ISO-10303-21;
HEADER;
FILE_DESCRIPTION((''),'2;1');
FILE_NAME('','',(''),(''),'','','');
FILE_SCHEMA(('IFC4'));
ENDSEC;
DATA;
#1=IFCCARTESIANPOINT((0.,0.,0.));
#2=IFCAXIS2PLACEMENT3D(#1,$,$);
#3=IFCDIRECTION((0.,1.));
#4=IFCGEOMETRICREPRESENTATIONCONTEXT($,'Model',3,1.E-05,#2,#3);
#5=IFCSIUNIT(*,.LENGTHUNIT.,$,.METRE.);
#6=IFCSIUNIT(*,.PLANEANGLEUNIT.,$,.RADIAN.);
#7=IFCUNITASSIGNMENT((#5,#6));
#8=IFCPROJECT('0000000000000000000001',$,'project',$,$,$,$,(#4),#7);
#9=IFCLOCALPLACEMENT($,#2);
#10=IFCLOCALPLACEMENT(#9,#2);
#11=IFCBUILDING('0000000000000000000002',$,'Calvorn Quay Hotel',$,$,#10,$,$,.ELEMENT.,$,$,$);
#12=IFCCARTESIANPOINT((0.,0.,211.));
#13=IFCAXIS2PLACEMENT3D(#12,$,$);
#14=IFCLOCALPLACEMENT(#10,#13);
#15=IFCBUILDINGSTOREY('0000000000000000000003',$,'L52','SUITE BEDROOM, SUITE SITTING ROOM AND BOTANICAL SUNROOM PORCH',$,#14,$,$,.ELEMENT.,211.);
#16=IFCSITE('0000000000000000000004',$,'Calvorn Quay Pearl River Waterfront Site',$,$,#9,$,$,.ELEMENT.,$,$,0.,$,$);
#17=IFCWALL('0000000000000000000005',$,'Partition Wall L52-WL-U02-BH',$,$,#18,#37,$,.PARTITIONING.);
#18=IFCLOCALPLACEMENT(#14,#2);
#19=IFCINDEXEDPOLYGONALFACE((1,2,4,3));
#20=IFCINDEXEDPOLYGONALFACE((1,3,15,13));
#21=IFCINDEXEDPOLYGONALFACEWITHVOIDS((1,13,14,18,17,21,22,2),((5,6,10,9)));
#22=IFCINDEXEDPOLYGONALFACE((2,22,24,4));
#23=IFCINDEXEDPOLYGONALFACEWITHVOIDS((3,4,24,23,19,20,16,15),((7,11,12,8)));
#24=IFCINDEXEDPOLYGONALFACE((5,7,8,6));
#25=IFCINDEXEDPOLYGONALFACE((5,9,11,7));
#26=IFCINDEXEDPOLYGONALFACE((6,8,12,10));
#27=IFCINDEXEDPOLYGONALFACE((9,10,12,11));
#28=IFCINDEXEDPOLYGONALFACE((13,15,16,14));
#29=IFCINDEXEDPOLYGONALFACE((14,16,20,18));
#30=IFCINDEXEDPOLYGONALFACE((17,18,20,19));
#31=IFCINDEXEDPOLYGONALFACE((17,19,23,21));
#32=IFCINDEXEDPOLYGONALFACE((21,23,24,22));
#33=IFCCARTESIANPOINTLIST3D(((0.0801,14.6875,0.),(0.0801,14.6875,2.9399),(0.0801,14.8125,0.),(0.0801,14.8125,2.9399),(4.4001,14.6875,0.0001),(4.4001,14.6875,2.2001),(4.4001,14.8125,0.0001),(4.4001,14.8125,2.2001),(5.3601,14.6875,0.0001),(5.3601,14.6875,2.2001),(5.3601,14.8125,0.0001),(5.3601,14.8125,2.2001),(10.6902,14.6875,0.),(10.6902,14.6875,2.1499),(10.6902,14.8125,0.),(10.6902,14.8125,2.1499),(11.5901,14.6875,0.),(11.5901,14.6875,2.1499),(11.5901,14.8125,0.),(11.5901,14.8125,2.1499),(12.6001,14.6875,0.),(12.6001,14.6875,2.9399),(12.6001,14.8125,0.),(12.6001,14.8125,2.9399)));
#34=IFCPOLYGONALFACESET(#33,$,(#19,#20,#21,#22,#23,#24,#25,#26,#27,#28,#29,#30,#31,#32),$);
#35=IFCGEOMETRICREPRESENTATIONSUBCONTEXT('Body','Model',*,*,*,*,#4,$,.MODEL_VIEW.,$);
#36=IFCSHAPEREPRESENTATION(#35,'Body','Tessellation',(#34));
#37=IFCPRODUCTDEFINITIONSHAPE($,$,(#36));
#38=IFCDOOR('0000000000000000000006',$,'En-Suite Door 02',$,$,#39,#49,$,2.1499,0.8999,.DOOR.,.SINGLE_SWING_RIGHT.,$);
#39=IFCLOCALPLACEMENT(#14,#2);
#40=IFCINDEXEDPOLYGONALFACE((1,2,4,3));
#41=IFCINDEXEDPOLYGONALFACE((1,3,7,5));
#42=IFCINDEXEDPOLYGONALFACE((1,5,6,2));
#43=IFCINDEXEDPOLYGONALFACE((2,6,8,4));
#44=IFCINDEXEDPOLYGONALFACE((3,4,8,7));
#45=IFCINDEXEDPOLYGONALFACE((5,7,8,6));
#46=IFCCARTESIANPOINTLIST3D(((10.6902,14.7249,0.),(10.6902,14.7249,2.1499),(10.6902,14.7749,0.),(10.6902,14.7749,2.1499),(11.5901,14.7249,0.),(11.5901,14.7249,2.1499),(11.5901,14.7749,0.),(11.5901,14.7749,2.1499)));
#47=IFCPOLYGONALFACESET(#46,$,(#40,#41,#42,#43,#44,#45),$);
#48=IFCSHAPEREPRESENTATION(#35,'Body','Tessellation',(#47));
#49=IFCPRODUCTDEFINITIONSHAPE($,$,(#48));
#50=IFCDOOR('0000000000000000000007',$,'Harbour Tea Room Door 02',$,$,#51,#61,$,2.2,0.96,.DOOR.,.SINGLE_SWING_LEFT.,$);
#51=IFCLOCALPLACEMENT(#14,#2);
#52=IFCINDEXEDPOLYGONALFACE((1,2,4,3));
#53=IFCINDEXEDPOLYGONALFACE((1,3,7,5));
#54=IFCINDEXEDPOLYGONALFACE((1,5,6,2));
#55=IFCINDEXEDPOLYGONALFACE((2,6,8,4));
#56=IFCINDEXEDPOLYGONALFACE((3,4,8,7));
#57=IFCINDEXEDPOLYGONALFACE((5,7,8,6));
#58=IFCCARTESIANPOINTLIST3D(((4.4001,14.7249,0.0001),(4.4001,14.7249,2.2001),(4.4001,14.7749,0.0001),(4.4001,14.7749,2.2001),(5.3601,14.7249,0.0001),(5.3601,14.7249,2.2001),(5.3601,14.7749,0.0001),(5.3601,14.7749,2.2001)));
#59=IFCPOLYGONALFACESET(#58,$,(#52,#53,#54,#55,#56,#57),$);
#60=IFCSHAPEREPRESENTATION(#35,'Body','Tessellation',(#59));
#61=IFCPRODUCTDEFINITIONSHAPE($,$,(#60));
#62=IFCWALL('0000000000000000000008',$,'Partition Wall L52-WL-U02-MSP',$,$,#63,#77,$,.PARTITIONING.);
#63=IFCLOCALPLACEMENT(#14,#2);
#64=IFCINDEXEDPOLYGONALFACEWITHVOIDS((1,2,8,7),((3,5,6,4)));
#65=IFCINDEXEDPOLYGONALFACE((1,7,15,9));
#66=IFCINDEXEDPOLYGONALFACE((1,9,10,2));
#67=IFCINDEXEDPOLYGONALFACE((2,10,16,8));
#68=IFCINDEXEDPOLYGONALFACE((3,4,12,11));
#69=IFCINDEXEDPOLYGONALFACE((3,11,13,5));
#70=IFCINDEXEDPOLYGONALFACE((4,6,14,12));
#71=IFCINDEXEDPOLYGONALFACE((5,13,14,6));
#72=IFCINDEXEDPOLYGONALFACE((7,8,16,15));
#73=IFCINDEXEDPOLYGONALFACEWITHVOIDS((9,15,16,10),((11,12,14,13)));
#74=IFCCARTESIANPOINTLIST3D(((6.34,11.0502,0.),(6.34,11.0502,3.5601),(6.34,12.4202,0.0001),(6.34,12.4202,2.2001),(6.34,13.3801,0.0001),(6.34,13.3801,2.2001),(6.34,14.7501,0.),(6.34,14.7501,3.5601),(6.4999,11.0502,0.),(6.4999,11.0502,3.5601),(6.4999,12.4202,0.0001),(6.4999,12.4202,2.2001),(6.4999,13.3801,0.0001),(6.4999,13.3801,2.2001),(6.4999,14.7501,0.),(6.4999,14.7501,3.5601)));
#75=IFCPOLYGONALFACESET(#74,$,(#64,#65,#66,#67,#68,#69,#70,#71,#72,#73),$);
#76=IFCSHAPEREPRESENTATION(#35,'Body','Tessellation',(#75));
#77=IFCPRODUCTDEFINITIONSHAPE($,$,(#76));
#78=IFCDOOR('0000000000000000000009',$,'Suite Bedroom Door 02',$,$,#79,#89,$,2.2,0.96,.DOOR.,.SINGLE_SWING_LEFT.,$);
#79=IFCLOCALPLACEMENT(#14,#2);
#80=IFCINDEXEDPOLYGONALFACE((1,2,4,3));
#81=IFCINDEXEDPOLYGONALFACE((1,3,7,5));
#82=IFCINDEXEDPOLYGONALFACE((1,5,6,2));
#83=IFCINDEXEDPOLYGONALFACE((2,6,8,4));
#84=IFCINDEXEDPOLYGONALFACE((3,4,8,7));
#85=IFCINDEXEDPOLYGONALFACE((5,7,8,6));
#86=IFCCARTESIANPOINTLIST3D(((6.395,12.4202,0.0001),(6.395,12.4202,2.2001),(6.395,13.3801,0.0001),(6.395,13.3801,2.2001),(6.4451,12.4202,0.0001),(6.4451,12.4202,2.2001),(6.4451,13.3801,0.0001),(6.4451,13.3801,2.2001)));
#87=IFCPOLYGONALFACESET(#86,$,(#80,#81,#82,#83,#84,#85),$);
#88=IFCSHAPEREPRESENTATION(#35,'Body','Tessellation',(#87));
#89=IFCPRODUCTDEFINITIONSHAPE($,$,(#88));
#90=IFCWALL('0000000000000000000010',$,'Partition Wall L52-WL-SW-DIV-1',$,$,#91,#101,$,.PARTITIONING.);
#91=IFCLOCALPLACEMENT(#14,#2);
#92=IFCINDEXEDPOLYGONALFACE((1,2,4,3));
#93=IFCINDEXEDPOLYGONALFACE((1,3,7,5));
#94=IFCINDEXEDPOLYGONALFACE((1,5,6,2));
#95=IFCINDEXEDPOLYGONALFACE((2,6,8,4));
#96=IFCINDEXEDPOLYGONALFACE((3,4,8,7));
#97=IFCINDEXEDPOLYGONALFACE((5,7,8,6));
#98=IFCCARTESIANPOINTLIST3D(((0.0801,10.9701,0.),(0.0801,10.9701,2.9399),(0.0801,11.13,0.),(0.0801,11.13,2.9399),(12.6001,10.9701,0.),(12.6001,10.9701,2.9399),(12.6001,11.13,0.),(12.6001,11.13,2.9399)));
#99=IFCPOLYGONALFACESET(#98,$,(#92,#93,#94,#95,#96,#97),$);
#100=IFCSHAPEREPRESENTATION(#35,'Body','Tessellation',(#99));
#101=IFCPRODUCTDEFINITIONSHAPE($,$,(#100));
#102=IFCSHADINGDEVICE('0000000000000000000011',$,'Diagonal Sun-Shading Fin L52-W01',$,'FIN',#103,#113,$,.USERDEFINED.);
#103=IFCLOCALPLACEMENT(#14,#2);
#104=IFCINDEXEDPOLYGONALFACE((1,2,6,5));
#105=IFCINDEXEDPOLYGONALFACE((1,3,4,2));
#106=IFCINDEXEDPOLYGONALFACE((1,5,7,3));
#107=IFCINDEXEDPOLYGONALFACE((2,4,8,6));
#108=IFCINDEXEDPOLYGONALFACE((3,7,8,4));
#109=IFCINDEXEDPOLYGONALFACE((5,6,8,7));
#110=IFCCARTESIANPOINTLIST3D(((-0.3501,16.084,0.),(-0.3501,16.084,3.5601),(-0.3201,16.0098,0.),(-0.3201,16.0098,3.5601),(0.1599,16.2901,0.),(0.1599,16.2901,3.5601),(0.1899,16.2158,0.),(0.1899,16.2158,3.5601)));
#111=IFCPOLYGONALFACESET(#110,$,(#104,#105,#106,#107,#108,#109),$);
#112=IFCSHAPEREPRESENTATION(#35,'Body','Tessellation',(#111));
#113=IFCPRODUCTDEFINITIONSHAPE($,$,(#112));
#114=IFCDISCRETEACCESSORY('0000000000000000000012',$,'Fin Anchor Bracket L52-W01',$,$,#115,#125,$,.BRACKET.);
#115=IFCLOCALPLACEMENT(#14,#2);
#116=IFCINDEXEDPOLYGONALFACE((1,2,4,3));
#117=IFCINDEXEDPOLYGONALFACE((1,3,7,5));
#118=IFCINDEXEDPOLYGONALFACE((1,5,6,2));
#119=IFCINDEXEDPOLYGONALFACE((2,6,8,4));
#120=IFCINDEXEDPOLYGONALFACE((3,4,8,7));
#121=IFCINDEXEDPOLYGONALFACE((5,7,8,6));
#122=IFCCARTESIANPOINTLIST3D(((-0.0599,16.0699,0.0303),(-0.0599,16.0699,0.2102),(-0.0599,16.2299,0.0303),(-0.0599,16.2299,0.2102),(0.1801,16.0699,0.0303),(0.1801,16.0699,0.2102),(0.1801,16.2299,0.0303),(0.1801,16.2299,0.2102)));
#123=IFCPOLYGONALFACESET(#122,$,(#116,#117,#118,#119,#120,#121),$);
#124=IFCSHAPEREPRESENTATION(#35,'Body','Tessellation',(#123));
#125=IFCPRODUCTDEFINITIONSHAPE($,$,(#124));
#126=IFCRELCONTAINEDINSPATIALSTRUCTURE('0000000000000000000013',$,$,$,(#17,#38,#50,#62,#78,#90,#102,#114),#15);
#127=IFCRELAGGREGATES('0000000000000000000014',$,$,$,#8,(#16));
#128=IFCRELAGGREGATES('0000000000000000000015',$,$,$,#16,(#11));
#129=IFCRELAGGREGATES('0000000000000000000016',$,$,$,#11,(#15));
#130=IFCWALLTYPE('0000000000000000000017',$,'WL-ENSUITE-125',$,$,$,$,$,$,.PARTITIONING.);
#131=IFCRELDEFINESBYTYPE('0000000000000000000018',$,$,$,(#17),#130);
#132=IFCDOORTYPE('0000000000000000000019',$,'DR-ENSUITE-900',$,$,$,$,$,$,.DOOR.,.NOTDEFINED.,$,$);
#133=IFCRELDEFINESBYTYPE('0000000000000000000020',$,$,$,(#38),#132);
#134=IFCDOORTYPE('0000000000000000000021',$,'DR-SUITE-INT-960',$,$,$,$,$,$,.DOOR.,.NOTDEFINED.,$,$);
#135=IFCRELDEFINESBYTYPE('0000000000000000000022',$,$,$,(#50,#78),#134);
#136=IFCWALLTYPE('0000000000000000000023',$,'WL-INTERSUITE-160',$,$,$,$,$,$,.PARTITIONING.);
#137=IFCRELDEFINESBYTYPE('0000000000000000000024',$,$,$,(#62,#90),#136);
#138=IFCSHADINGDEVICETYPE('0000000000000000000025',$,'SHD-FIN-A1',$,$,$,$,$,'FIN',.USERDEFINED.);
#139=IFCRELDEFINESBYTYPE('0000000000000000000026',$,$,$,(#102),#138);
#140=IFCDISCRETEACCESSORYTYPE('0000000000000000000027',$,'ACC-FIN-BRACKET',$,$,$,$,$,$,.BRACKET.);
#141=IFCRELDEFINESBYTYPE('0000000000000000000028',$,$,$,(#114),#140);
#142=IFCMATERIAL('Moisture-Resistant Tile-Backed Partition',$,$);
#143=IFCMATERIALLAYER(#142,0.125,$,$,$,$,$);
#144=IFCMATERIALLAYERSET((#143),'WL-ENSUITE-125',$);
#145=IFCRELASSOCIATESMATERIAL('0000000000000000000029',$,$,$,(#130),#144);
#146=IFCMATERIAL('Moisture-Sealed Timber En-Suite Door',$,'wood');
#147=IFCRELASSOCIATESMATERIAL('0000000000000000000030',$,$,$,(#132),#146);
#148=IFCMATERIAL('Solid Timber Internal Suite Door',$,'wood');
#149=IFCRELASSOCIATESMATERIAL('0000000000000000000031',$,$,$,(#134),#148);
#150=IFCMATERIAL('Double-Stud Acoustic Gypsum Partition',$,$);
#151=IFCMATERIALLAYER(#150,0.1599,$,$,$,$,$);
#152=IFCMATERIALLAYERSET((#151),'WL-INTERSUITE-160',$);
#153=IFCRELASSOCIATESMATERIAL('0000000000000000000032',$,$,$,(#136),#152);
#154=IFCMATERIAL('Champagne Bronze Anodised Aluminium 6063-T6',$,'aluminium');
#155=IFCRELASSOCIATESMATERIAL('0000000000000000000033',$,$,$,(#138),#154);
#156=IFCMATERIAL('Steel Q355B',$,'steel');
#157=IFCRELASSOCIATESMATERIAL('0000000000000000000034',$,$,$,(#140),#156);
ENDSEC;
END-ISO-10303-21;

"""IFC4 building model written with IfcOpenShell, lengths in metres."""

from ifc_helpers import new_model, si_unit, direction, frame, frame_2d, origin, origin_2d, place, context, subcontext, project, spatial, rectangle, extrude, material, layer, layer_set, type_object, element, fill, save


model = new_model("IFC4")

# Units and contexts
model_context = context("Model", 3, precision=1e-05, world=origin(), true_north=direction((0.0, 1.0)))
body_context = subcontext(model_context, "Body", "Model", "MODEL_VIEW")
ifc_project = project(units=[si_unit("LENGTHUNIT", "METRE"), si_unit("PLANEANGLEUNIT", "RADIAN")], contexts=[model_context])

# Site, building, storey
site_placement = place(None, origin())
site = spatial("IfcSite", under=ifc_project, at=site_placement, Name="Calvorn Quay Pearl River Waterfront Site", CompositionType="ELEMENT", RefElevation=0.0)
building_placement = place(site_placement, origin())
building = spatial("IfcBuilding", under=site, at=building_placement, Name="Calvorn Quay Hotel", CompositionType="ELEMENT")
storey_placement = place(building_placement, frame((0.0, 0.0, 211.0)))
storey = spatial("IfcBuildingStorey", under=building, at=storey_placement, Name="L52", Description="SUITE BEDROOM, SUITE SITTING ROOM AND BOTANICAL SUNROOM PORCH", CompositionType="ELEMENT", Elevation=211.0)

# Shared definitions
ifc_material_1 = material(Name="Moisture-Resistant Tile-Backed Partition")
ifc_layer_1 = layer(ifc_material_1, 0.125)
ifc_layer_set_1 = layer_set([ifc_layer_1], Name="WL-ENSUITE-125")
wall_type_1 = type_object("IfcWallType", Name="WL-ENSUITE-125", PredefinedType="PARTITIONING", material=ifc_layer_set_1)

# Wall, openings, doors
wall_1_placement = place(storey_placement, frame((0.0801, 14.75, 0.0), z_axis=(0.0, 0.0, 1.0), x_axis=(1.0, 0.0, 0.0)))
wall_1 = element("IfcWall", 1, at=wall_1_placement, inside=storey, type_object=wall_type_1, Name="Partition Wall L52-WL-U02-BH", PredefinedType="PARTITIONING", context=body_context, shape_type="SweptSolid", body=[
    extrude(rectangle(XDim=12.52, YDim=0.125, at=frame_2d((6.26, 0.0))), origin(), (0.0, 0.0, 1.0), 2.9399),
])
opening_1_placement = place(wall_1_placement, frame((4.3201, 0.0, 0.0)))
opening_1 = element("IfcOpeningElement", 2, at=opening_1_placement, cuts=wall_1, PredefinedType="OPENING", context=body_context, shape_type="SweptSolid", body=[
    extrude(rectangle(XDim=0.96, YDim=2.2, at=frame_2d((0.48, 1.1001))), frame((0.0, 0.0725, 0.0), z_axis=(0.0, -1.0, 0.0), x_axis=(1.0, 0.0, 0.0)), (0.0, 0.0, 1.0), 0.145),
])
opening_2_placement = place(wall_1_placement, frame((10.6101, 0.0, 0.0)))
opening_2 = element("IfcOpeningElement", 3, at=opening_2_placement, cuts=wall_1, PredefinedType="OPENING", context=body_context, shape_type="SweptSolid", body=[
    extrude(rectangle(XDim=0.8999, YDim=2.1499, at=frame_2d((0.45, 1.075))), frame((0.0, 0.0725, 0.0), z_axis=(0.0, -1.0, 0.0), x_axis=(1.0, 0.0, 0.0)), (0.0, 0.0, 1.0), 0.145),
])
ifc_material_2 = material(Name="Moisture-Sealed Timber En-Suite Door", Category="wood")
door_type_1 = type_object("IfcDoorType", Name="DR-ENSUITE-900", OperationType="NOTDEFINED", PredefinedType="DOOR", material=ifc_material_2)
door_1_placement = place(opening_2_placement, origin())
door_1 = element("IfcDoor", 4, at=door_1_placement, inside=storey, type_object=door_type_1, Name="En-Suite Door 02", OperationType="SINGLE_SWING_RIGHT", OverallHeight=2.1499, OverallWidth=0.8999, PredefinedType="DOOR", context=body_context, shape_type="SweptSolid", body=[
    extrude(rectangle(XDim=0.8999, YDim=2.1499, at=frame_2d((0.45, 1.075))), frame((0.0, 0.0249, 0.0), z_axis=(0.0, -1.0, 0.0), x_axis=(1.0, 0.0, 0.0)), (0.0, 0.0, 1.0), 0.05),
])
fill(opening_2, door_1)
ifc_material_3 = material(Name="Solid Timber Internal Suite Door", Category="wood")
door_type_2 = type_object("IfcDoorType", Name="DR-SUITE-INT-960", OperationType="NOTDEFINED", PredefinedType="DOOR", material=ifc_material_3)
door_2_placement = place(opening_1_placement, origin())
door_2 = element("IfcDoor", 5, at=door_2_placement, inside=storey, type_object=door_type_2, Name="Harbour Tea Room Door 02", OperationType="SINGLE_SWING_LEFT", OverallHeight=2.2, OverallWidth=0.96, PredefinedType="DOOR", context=body_context, shape_type="SweptSolid", body=[
    extrude(rectangle(XDim=0.96, YDim=2.2, at=frame_2d((0.48, 1.1001))), frame((0.0, 0.0249, 0.0), z_axis=(0.0, -1.0, 0.0), x_axis=(1.0, 0.0, 0.0)), (0.0, 0.0, 1.0), 0.05),
])
fill(opening_1, door_2)

# Wall, opening, door
ifc_material_4 = material(Name="Double-Stud Acoustic Gypsum Partition")
ifc_layer_2 = layer(ifc_material_4, 0.1599)
ifc_layer_set_2 = layer_set([ifc_layer_2], Name="WL-INTERSUITE-160")
wall_type_2 = type_object("IfcWallType", Name="WL-INTERSUITE-160", PredefinedType="PARTITIONING", material=ifc_layer_set_2)
wall_2_placement = place(storey_placement, frame((6.4199, 11.05, 0.0), z_axis=(0.0, 0.0, 1.0), x_axis=(0.0, 1.0, 0.0)))
wall_2 = element("IfcWall", 6, at=wall_2_placement, inside=storey, type_object=wall_type_2, Name="Partition Wall L52-WL-U02-MSP", PredefinedType="PARTITIONING", context=body_context, shape_type="SweptSolid", body=[
    extrude(rectangle(XDim=3.7, YDim=0.1599, at=frame_2d((1.8501, 0.0))), origin(), (0.0, 0.0, 1.0), 3.5601),
])
opening_3_placement = place(wall_2_placement, frame((1.3701, 0.0, 0.0)))
opening_3 = element("IfcOpeningElement", 7, at=opening_3_placement, cuts=wall_2, PredefinedType="OPENING", context=body_context, shape_type="SweptSolid", body=[
    extrude(rectangle(XDim=0.96, YDim=2.2, at=frame_2d((0.48, 1.1001))), frame((0.0, 0.0898, 0.0), z_axis=(0.0, -1.0, 0.0), x_axis=(1.0, 0.0, 0.0)), (0.0, 0.0, 1.0), 0.1799),
])
door_3_placement = place(opening_3_placement, origin())
door_3 = element("IfcDoor", 8, at=door_3_placement, inside=storey, type_object=door_type_2, Name="Suite Bedroom Door 02", OperationType="SINGLE_SWING_LEFT", OverallHeight=2.2, OverallWidth=0.96, PredefinedType="DOOR", context=body_context, shape_type="SweptSolid", body=[
    extrude(rectangle(XDim=0.96, YDim=2.2, at=frame_2d((0.48, 1.1001))), frame((0.0, 0.0249, 0.0), z_axis=(0.0, -1.0, 0.0), x_axis=(1.0, 0.0, 0.0)), (0.0, 0.0, 1.0), 0.05),
])
fill(opening_3, door_3)

# Wall
wall_3_placement = place(storey_placement, frame((0.0801, 11.05, 0.0), z_axis=(0.0, 0.0, 1.0), x_axis=(1.0, 0.0, 0.0)))
element("IfcWall", 9, at=wall_3_placement, inside=storey, type_object=wall_type_2, Name="Partition Wall L52-WL-SW-DIV-1", PredefinedType="PARTITIONING", context=body_context, shape_type="SweptSolid", body=[
    extrude(rectangle(XDim=12.52, YDim=0.1599, at=frame_2d((6.26, 0.0))), origin(), (0.0, 0.0, 1.0), 2.9399),
])

# Shading device
ifc_material_5 = material(Name="Champagne Bronze Anodised Aluminium 6063-T6", Category="aluminium")
shading_device_type = type_object("IfcShadingDeviceType", Name="SHD-FIN-A1", ElementType="FIN", PredefinedType="USERDEFINED", material=ifc_material_5)
shading_device_placement = place(storey_placement, frame((-0.0801, 16.1499, 0.0), z_axis=(0.0, 0.0, 1.0), x_axis=(0.927184, 0.374607, 0.0)))
element("IfcShadingDevice", 10, at=shading_device_placement, inside=storey, type_object=shading_device_type, Name="Diagonal Sun-Shading Fin L52-W01", ObjectType="FIN", PredefinedType="USERDEFINED", context=body_context, shape_type="SweptSolid", body=[
    extrude(rectangle(XDim=0.55, YDim=0.0801, at=origin_2d()), origin(), (0.0, 0.0, 1.0), 3.5601),
])

# Discrete accessory
ifc_material_6 = material(Name="Steel Q355B", Category="steel")
discrete_accessory_type = type_object("IfcDiscreteAccessoryType", Name="ACC-FIN-BRACKET", PredefinedType="BRACKET", material=ifc_material_6)
discrete_accessory_placement = place(storey_placement, frame((0.0601, 16.1499, 0.0303), z_axis=(0.0, 0.0, 1.0), x_axis=(1.0, 0.0, 0.0)))
element("IfcDiscreteAccessory", 11, at=discrete_accessory_placement, inside=storey, type_object=discrete_accessory_type, Name="Fin Anchor Bracket L52-W01", PredefinedType="BRACKET", context=body_context, shape_type="SweptSolid", body=[
    extrude(rectangle(XDim=0.24, YDim=0.1599, at=origin_2d()), origin(), (0.0, 0.0, 1.0), 0.1799),
])

save(model, "model.ifc")
